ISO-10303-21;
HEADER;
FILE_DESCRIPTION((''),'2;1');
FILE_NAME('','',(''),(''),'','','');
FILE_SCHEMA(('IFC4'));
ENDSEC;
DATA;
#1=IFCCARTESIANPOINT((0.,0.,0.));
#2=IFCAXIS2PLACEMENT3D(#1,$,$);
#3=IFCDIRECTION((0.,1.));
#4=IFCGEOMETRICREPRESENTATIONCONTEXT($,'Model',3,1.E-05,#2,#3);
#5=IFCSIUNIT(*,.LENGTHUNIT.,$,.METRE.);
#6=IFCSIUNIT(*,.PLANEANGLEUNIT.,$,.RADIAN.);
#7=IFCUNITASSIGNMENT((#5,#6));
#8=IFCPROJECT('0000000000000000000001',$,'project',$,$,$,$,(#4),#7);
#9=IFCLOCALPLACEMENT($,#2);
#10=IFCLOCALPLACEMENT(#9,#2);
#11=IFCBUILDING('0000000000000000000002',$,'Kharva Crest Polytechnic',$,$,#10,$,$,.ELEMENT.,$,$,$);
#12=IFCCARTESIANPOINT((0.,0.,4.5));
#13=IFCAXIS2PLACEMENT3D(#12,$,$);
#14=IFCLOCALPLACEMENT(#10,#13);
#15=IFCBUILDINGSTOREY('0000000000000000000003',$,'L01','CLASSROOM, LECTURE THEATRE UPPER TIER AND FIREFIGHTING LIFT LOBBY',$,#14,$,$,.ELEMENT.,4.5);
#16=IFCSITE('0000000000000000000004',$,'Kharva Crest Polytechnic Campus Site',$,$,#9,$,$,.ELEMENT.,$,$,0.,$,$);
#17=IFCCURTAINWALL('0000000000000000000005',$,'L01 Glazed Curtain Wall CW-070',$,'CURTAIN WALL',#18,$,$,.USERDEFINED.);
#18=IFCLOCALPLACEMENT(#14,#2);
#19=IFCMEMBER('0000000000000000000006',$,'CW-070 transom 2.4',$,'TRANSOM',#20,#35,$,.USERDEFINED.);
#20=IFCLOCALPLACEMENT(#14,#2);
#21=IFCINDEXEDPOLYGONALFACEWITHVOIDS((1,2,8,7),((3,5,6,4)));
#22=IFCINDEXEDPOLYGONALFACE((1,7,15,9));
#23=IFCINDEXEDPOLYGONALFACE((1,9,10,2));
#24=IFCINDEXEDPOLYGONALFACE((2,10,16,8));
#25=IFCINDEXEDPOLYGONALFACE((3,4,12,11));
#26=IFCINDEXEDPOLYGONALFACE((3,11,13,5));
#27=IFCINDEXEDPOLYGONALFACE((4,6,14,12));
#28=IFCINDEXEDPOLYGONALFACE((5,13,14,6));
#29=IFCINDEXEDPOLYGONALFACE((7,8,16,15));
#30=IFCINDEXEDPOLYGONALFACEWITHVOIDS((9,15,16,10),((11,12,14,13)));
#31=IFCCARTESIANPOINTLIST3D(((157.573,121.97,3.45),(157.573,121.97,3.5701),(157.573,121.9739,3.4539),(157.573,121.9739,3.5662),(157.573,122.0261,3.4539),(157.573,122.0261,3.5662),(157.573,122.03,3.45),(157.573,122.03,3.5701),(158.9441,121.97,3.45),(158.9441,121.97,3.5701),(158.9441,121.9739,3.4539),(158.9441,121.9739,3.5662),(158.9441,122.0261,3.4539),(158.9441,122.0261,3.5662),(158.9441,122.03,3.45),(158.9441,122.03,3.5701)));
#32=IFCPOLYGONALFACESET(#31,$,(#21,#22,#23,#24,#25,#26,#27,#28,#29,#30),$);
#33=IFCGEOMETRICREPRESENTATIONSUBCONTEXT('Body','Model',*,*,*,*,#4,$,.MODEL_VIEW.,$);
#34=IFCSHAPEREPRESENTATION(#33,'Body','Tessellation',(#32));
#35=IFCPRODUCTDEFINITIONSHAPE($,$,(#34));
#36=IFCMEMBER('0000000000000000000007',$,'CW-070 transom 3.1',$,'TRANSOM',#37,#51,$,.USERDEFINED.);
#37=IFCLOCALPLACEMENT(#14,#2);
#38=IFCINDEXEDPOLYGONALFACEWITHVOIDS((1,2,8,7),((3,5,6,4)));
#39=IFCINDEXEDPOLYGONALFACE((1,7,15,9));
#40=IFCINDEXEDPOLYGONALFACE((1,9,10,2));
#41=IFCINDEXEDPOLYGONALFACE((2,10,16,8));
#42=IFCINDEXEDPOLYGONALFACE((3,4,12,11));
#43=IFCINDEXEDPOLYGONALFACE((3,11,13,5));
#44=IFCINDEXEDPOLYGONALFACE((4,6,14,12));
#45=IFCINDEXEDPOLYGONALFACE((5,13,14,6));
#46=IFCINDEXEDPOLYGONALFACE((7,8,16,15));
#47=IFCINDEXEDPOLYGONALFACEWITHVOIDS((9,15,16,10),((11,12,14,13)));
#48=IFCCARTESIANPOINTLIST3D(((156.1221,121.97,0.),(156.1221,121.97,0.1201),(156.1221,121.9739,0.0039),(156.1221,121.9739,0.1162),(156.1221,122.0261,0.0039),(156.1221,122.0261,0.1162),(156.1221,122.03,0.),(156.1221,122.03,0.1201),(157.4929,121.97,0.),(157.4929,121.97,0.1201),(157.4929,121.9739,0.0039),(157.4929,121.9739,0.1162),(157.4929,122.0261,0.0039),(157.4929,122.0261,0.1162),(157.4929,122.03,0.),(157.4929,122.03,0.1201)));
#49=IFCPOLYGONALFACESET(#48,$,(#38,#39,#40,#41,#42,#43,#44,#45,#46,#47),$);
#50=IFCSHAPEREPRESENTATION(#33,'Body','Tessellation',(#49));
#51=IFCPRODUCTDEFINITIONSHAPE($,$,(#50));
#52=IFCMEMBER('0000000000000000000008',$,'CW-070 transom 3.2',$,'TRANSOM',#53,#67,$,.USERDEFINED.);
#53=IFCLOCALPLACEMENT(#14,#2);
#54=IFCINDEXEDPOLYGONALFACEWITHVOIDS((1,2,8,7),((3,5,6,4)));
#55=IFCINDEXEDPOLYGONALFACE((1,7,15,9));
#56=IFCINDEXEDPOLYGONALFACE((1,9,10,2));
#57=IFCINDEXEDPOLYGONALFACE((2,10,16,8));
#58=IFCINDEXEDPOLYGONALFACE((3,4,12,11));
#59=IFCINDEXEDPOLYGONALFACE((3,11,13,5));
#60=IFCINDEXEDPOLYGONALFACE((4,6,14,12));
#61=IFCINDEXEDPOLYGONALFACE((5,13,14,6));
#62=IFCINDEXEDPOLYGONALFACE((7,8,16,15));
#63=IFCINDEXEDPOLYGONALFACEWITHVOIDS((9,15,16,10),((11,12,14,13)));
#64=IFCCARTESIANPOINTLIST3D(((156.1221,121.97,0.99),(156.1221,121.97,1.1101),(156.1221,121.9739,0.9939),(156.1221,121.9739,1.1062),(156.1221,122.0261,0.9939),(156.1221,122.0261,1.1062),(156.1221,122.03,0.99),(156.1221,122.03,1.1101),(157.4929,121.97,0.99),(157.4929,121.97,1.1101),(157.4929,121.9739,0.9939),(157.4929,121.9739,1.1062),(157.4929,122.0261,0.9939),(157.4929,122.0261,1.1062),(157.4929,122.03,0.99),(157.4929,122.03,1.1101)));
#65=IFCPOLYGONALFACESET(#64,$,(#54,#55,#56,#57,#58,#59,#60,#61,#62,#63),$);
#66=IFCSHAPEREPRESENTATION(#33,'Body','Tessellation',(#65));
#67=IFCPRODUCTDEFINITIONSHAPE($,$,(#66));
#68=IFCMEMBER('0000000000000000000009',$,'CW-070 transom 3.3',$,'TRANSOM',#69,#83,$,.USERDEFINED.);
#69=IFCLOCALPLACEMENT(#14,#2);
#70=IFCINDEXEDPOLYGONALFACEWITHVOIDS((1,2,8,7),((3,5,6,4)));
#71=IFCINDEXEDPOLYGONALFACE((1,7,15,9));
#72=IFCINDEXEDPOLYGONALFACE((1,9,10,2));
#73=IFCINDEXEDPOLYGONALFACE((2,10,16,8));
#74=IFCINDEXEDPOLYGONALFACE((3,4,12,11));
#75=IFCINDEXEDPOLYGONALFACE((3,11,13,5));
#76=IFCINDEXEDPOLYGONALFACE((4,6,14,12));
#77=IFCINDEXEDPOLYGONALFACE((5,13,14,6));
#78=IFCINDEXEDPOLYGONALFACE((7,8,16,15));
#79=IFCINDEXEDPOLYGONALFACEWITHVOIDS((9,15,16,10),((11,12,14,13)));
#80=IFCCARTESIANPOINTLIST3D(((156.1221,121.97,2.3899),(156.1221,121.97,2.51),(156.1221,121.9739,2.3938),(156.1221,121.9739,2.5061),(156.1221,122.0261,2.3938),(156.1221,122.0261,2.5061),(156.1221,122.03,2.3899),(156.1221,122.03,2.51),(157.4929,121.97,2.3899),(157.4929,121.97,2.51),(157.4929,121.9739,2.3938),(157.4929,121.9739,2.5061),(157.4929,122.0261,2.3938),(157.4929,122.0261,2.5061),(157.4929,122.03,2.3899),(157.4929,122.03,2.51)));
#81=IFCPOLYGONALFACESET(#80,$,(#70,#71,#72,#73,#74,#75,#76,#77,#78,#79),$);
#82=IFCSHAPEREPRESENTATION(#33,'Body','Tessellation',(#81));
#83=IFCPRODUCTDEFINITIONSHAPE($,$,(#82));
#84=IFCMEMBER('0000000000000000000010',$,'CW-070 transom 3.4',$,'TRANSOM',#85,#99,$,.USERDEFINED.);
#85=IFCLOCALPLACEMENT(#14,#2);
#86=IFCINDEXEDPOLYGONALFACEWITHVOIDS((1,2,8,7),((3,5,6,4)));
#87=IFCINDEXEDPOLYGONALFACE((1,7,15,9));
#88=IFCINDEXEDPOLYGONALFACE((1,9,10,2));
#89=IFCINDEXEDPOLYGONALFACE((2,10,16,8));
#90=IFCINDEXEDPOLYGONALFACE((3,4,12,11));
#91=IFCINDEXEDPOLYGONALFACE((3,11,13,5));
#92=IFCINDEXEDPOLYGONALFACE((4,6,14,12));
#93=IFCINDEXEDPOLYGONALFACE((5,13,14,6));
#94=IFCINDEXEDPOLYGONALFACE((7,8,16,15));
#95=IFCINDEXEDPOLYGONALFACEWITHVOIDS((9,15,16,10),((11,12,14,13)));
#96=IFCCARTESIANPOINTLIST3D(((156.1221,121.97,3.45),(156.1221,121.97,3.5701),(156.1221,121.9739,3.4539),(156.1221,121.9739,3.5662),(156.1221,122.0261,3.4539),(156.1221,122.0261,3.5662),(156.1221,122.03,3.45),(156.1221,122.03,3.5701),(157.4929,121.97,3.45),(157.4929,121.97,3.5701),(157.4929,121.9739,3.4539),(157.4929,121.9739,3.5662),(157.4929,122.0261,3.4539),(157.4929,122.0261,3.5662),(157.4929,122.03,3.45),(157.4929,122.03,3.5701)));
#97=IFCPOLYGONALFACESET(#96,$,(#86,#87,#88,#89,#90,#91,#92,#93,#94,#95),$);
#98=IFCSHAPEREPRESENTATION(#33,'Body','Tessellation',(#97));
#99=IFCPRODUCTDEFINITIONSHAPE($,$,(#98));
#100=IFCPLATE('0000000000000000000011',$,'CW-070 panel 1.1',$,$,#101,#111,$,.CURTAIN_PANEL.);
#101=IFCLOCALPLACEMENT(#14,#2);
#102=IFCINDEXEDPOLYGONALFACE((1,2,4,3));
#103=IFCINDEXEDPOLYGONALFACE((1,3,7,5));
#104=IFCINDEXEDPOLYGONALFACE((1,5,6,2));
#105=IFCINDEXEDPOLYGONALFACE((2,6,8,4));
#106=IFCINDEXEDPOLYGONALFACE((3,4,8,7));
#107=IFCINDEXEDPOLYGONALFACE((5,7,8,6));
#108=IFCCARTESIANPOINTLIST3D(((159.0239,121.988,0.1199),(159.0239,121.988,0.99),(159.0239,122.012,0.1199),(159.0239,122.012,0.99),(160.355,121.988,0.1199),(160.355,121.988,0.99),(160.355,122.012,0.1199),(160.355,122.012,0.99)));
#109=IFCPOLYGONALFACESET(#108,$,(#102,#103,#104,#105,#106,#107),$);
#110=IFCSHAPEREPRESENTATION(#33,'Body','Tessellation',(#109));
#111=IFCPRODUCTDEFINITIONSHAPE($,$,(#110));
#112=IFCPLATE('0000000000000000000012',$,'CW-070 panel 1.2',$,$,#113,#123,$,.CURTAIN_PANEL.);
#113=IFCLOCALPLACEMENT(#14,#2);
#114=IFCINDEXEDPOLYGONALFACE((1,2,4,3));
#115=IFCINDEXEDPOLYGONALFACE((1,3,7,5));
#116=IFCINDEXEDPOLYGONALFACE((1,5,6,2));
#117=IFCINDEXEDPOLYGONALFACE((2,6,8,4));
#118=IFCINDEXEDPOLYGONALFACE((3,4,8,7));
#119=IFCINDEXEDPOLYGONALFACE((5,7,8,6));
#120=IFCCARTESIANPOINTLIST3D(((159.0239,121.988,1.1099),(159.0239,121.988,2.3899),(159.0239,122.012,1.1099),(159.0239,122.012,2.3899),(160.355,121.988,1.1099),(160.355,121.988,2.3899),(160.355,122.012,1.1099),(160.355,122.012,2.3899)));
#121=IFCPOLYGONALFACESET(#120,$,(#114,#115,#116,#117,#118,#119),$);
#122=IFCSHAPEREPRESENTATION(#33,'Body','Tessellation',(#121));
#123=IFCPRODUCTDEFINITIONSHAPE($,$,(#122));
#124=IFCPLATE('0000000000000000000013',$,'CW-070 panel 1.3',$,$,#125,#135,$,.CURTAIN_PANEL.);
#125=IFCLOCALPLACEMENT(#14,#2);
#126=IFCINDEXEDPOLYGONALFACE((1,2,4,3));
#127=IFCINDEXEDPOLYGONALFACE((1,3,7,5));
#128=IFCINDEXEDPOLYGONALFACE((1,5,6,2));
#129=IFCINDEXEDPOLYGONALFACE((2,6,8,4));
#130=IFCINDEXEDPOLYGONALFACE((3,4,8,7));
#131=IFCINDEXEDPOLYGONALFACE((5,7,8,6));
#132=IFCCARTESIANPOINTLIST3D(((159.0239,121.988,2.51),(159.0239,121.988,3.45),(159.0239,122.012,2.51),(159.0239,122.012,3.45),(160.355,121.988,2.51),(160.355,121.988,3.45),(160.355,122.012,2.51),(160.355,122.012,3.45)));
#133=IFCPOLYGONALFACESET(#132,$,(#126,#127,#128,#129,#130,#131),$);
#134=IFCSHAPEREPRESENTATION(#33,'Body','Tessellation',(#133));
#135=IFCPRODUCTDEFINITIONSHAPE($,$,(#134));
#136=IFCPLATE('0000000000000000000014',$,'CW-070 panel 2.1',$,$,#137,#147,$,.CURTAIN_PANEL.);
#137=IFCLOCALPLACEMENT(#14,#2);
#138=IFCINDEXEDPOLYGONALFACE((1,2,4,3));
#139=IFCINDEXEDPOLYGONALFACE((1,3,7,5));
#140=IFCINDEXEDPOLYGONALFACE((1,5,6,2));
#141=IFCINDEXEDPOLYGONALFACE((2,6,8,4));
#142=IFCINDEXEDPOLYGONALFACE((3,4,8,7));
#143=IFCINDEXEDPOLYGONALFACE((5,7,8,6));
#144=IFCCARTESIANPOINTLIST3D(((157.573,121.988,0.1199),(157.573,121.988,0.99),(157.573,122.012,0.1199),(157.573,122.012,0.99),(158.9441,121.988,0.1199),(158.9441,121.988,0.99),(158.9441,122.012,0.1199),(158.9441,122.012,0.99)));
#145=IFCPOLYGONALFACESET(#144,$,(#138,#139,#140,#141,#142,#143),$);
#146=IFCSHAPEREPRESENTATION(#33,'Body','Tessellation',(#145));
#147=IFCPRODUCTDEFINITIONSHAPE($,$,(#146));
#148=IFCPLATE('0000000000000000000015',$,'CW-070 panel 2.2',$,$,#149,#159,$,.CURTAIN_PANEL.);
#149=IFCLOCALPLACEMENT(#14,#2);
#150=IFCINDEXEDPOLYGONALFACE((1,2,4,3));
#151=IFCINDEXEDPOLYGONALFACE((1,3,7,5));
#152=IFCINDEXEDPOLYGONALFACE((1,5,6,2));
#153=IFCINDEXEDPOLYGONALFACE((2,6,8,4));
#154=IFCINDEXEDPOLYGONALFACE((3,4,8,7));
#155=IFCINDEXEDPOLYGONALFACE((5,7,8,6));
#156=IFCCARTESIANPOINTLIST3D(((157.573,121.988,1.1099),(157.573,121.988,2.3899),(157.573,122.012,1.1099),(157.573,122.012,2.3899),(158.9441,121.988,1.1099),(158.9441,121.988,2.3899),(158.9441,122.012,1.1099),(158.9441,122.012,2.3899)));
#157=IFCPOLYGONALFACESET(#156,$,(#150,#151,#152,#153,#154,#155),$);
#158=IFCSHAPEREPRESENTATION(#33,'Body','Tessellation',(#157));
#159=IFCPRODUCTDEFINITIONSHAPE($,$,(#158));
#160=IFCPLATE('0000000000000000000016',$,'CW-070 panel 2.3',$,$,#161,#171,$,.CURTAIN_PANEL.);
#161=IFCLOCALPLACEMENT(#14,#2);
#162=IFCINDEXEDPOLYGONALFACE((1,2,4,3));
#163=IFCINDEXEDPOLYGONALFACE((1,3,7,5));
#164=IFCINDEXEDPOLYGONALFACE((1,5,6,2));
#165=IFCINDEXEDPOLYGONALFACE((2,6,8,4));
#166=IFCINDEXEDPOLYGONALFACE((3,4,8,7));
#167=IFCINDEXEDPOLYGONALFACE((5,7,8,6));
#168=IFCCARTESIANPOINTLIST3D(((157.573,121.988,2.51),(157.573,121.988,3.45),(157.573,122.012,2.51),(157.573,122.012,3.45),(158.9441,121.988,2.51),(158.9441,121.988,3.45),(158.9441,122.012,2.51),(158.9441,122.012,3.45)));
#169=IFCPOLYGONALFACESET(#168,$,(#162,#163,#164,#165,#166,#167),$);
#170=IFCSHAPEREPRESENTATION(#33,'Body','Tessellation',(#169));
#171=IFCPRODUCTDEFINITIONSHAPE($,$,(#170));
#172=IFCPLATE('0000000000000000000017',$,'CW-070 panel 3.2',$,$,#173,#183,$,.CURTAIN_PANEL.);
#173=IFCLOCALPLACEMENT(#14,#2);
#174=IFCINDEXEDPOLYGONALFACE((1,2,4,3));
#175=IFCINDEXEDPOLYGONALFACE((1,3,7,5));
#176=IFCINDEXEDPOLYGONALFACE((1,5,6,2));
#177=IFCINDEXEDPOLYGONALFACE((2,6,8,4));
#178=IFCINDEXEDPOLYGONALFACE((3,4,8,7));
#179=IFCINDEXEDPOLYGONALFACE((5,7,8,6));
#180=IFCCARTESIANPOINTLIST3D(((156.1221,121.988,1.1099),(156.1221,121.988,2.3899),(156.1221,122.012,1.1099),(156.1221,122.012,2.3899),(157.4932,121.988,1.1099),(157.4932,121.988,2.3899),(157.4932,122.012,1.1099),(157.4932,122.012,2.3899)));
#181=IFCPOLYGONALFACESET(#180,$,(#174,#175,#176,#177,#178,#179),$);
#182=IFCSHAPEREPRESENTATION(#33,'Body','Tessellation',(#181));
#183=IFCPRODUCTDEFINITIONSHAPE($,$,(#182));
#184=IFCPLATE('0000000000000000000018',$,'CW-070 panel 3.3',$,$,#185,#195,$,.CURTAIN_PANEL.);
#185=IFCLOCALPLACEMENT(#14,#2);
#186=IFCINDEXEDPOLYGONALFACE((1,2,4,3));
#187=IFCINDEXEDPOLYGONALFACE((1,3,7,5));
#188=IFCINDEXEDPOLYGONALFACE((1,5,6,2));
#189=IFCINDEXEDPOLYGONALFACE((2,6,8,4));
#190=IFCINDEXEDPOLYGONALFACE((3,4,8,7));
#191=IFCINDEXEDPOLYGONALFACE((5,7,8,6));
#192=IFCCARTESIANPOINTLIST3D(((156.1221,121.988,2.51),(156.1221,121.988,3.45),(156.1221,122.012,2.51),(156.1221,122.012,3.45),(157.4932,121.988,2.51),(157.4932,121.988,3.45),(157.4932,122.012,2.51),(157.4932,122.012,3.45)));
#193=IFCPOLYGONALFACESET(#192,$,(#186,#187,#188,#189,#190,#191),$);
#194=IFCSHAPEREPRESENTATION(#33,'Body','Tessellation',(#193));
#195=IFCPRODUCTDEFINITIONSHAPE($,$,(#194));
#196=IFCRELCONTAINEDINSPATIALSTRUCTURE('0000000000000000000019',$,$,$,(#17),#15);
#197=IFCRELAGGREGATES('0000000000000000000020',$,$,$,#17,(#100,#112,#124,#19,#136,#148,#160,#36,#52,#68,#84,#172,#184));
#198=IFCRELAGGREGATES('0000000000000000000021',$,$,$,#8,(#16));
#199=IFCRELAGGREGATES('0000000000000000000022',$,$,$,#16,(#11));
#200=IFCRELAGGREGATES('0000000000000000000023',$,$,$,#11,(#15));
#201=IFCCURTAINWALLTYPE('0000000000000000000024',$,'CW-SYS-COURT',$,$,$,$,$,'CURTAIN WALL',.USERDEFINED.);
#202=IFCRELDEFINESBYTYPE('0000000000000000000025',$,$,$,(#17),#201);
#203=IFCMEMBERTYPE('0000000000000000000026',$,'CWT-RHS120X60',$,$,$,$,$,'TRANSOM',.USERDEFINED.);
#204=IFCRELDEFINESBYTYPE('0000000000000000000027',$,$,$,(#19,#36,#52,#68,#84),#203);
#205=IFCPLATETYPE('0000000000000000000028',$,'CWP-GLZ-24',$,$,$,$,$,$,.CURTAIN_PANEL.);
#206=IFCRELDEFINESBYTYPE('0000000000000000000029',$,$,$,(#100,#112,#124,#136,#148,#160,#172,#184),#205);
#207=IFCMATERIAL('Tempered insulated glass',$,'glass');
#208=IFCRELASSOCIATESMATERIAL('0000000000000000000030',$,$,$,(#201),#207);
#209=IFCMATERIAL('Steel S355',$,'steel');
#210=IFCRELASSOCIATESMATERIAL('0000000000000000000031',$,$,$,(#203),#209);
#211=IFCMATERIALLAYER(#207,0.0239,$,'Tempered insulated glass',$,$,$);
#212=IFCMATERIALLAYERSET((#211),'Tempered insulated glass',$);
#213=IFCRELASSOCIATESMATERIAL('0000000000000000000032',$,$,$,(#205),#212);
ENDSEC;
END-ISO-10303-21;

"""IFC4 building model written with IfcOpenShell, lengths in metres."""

from ifc_helpers import new_model, si_unit, direction, frame, origin, origin_2d, place, context, subcontext, project, spatial, rectangle, hollow_rectangle, extrude, material, layer, layer_set, material_profile, profile_set, type_object, element, aggregate, save


model = new_model("IFC4")

# Units and contexts
model_context = context("Model", 3, precision=1e-05, world=origin(), true_north=direction((0.0, 1.0)))
body_context = subcontext(model_context, "Body", "Model", "MODEL_VIEW")
ifc_project = project(units=[si_unit("LENGTHUNIT", "METRE"), si_unit("PLANEANGLEUNIT", "RADIAN")], contexts=[model_context])

# Site, building, storey
site_placement = place(None, origin())
site = spatial("IfcSite", under=ifc_project, at=site_placement, Name="Kharva Crest Polytechnic Campus Site", CompositionType="ELEMENT", RefElevation=0.0)
building_placement = place(site_placement, origin())
building = spatial("IfcBuilding", under=site, at=building_placement, Name="Kharva Crest Polytechnic", CompositionType="ELEMENT")
storey_placement = place(building_placement, frame((0.0, 0.0, 4.5)))
storey = spatial("IfcBuildingStorey", under=building, at=storey_placement, Name="L01", Description="CLASSROOM, LECTURE THEATRE UPPER TIER AND FIREFIGHTING LIFT LOBBY", CompositionType="ELEMENT", Elevation=4.5)

# Curtain wall, members, plates
ifc_material_1 = material(Name="Tempered insulated glass", Category="glass")
curtain_wall_type = type_object("IfcCurtainWallType", Name="CW-SYS-COURT", ElementType="CURTAIN WALL", PredefinedType="USERDEFINED", material=ifc_material_1)
curtain_wall_placement = place(storey_placement, origin())
curtain_wall = element("IfcCurtainWall", 1, at=curtain_wall_placement, inside=storey, type_object=curtain_wall_type, Name="L01 Glazed Curtain Wall CW-070", ObjectType="CURTAIN WALL", PredefinedType="USERDEFINED")
ifc_material_2 = material(Name="Steel S355", Category="steel")
ifc_material_profile_1 = material_profile(ifc_material_2, hollow_rectangle(XDim=0.0601, YDim=0.1201, WallThickness=0.0039, at=origin_2d()), Name="RHS 120X60X4.0")
ifc_profile_set_1 = profile_set([ifc_material_profile_1], Name="Steel S355")
member_type_1 = type_object("IfcMemberType", Name="CWT-RHS120X60", ElementType="TRANSOM", PredefinedType="USERDEFINED", material=ifc_profile_set_1)
member_1_placement = place(storey_placement, frame((158.9441, 122.0, 3.51), z_axis=(-1.0, 0.0, 0.0), x_axis=(0.0, -1.0, 0.0)))
member_1 = element("IfcMember", 2, at=member_1_placement, type_object=member_type_1, Name="CW-070 transom 2.4", ObjectType="TRANSOM", PredefinedType="USERDEFINED", context=body_context, shape_type="SweptSolid", body=[
    extrude(hollow_rectangle(XDim=0.0601, YDim=0.1201, WallThickness=0.0039, at=origin_2d()), origin(), (0.0, 0.0, 1.0), 1.3711),
])
member_2_placement = place(storey_placement, frame((157.4929, 122.0, 0.0601), z_axis=(-1.0, 0.0, 0.0), x_axis=(0.0, -1.0, 0.0)))
member_2 = element("IfcMember", 3, at=member_2_placement, type_object=member_type_1, Name="CW-070 transom 3.1", ObjectType="TRANSOM", PredefinedType="USERDEFINED", context=body_context, shape_type="SweptSolid", body=[
    extrude(hollow_rectangle(XDim=0.0601, YDim=0.1201, WallThickness=0.0039, at=origin_2d()), origin(), (0.0, 0.0, 1.0), 1.3708),
])
member_3_placement = place(storey_placement, frame((157.4929, 122.0, 1.05), z_axis=(-1.0, 0.0, 0.0), x_axis=(0.0, -1.0, 0.0)))
member_3 = element("IfcMember", 4, at=member_3_placement, type_object=member_type_1, Name="CW-070 transom 3.2", ObjectType="TRANSOM", PredefinedType="USERDEFINED", context=body_context, shape_type="SweptSolid", body=[
    extrude(hollow_rectangle(XDim=0.0601, YDim=0.1201, WallThickness=0.0039, at=origin_2d()), origin(), (0.0, 0.0, 1.0), 1.3708),
])
member_4_placement = place(storey_placement, frame((157.4929, 122.0, 2.45), z_axis=(-1.0, 0.0, 0.0), x_axis=(0.0, -1.0, 0.0)))
member_4 = element("IfcMember", 5, at=member_4_placement, type_object=member_type_1, Name="CW-070 transom 3.3", ObjectType="TRANSOM", PredefinedType="USERDEFINED", context=body_context, shape_type="SweptSolid", body=[
    extrude(hollow_rectangle(XDim=0.0601, YDim=0.1201, WallThickness=0.0039, at=origin_2d()), origin(), (0.0, 0.0, 1.0), 1.3708),
])
member_5_placement = place(storey_placement, frame((157.4929, 122.0, 3.51), z_axis=(-1.0, 0.0, 0.0), x_axis=(0.0, -1.0, 0.0)))
member_5 = element("IfcMember", 6, at=member_5_placement, type_object=member_type_1, Name="CW-070 transom 3.4", ObjectType="TRANSOM", PredefinedType="USERDEFINED", context=body_context, shape_type="SweptSolid", body=[
    extrude(hollow_rectangle(XDim=0.0601, YDim=0.1201, WallThickness=0.0039, at=origin_2d()), origin(), (0.0, 0.0, 1.0), 1.3708),
])
ifc_layer = layer(ifc_material_1, 0.0239, Name="Tempered insulated glass")
ifc_layer_set = layer_set([ifc_layer], Name="Tempered insulated glass")
plate_type = type_object("IfcPlateType", Name="CWP-GLZ-24", PredefinedType="CURTAIN_PANEL", material=ifc_layer_set)
plate_1_placement = place(storey_placement, frame((159.6895, 122.0, 0.1199), z_axis=(0.0, 0.0, 1.0), x_axis=(-1.0, 0.0, 0.0)))
plate_1 = element("IfcPlate", 7, at=plate_1_placement, type_object=plate_type, Name="CW-070 panel 1.1", PredefinedType="CURTAIN_PANEL", context=body_context, shape_type="SweptSolid", body=[
    extrude(rectangle(XDim=1.3311, YDim=0.0239, at=origin_2d()), origin(), (0.0, 0.0, 1.0), 0.8701),
])
plate_2_placement = place(storey_placement, frame((159.6895, 122.0, 1.1099), z_axis=(0.0, 0.0, 1.0), x_axis=(-1.0, 0.0, 0.0)))
plate_2 = element("IfcPlate", 8, at=plate_2_placement, type_object=plate_type, Name="CW-070 panel 1.2", PredefinedType="CURTAIN_PANEL", context=body_context, shape_type="SweptSolid", body=[
    extrude(rectangle(XDim=1.3311, YDim=0.0239, at=origin_2d()), origin(), (0.0, 0.0, 1.0), 1.28),
])
plate_3_placement = place(storey_placement, frame((159.6895, 122.0, 2.51), z_axis=(0.0, 0.0, 1.0), x_axis=(-1.0, 0.0, 0.0)))
plate_3 = element("IfcPlate", 9, at=plate_3_placement, type_object=plate_type, Name="CW-070 panel 1.3", PredefinedType="CURTAIN_PANEL", context=body_context, shape_type="SweptSolid", body=[
    extrude(rectangle(XDim=1.3311, YDim=0.0239, at=origin_2d()), origin(), (0.0, 0.0, 1.0), 0.9399),
])
plate_4_placement = place(storey_placement, frame((158.2585, 122.0, 0.1199), z_axis=(0.0, 0.0, 1.0), x_axis=(-1.0, 0.0, 0.0)))
plate_4 = element("IfcPlate", 10, at=plate_4_placement, type_object=plate_type, Name="CW-070 panel 2.1", PredefinedType="CURTAIN_PANEL", context=body_context, shape_type="SweptSolid", body=[
    extrude(rectangle(XDim=1.3711, YDim=0.0239, at=origin_2d()), origin(), (0.0, 0.0, 1.0), 0.8701),
])
plate_5_placement = place(storey_placement, frame((158.2585, 122.0, 1.1099), z_axis=(0.0, 0.0, 1.0), x_axis=(-1.0, 0.0, 0.0)))
plate_5 = element("IfcPlate", 11, at=plate_5_placement, type_object=plate_type, Name="CW-070 panel 2.2", PredefinedType="CURTAIN_PANEL", context=body_context, shape_type="SweptSolid", body=[
    extrude(rectangle(XDim=1.3711, YDim=0.0239, at=origin_2d()), origin(), (0.0, 0.0, 1.0), 1.28),
])
plate_6_placement = place(storey_placement, frame((158.2585, 122.0, 2.51), z_axis=(0.0, 0.0, 1.0), x_axis=(-1.0, 0.0, 0.0)))
plate_6 = element("IfcPlate", 12, at=plate_6_placement, type_object=plate_type, Name="CW-070 panel 2.3", PredefinedType="CURTAIN_PANEL", context=body_context, shape_type="SweptSolid", body=[
    extrude(rectangle(XDim=1.3711, YDim=0.0239, at=origin_2d()), origin(), (0.0, 0.0, 1.0), 0.9399),
])
plate_7_placement = place(storey_placement, frame((156.8076, 122.0, 1.1099), z_axis=(0.0, 0.0, 1.0), x_axis=(-1.0, 0.0, 0.0)))
plate_7 = element("IfcPlate", 13, at=plate_7_placement, type_object=plate_type, Name="CW-070 panel 3.2", PredefinedType="CURTAIN_PANEL", context=body_context, shape_type="SweptSolid", body=[
    extrude(rectangle(XDim=1.3711, YDim=0.0239, at=origin_2d()), origin(), (0.0, 0.0, 1.0), 1.28),
])
plate_8_placement = place(storey_placement, frame((156.8076, 122.0, 2.51), z_axis=(0.0, 0.0, 1.0), x_axis=(-1.0, 0.0, 0.0)))
plate_8 = element("IfcPlate", 14, at=plate_8_placement, type_object=plate_type, Name="CW-070 panel 3.3", PredefinedType="CURTAIN_PANEL", context=body_context, shape_type="SweptSolid", body=[
    extrude(rectangle(XDim=1.3711, YDim=0.0239, at=origin_2d()), origin(), (0.0, 0.0, 1.0), 0.9399),
])
aggregate(curtain_wall, [plate_1, plate_2, plate_3, member_1, plate_4, plate_5, plate_6, member_2, member_3, member_4, member_5, plate_7, plate_8])

save(model, "model.ifc")
